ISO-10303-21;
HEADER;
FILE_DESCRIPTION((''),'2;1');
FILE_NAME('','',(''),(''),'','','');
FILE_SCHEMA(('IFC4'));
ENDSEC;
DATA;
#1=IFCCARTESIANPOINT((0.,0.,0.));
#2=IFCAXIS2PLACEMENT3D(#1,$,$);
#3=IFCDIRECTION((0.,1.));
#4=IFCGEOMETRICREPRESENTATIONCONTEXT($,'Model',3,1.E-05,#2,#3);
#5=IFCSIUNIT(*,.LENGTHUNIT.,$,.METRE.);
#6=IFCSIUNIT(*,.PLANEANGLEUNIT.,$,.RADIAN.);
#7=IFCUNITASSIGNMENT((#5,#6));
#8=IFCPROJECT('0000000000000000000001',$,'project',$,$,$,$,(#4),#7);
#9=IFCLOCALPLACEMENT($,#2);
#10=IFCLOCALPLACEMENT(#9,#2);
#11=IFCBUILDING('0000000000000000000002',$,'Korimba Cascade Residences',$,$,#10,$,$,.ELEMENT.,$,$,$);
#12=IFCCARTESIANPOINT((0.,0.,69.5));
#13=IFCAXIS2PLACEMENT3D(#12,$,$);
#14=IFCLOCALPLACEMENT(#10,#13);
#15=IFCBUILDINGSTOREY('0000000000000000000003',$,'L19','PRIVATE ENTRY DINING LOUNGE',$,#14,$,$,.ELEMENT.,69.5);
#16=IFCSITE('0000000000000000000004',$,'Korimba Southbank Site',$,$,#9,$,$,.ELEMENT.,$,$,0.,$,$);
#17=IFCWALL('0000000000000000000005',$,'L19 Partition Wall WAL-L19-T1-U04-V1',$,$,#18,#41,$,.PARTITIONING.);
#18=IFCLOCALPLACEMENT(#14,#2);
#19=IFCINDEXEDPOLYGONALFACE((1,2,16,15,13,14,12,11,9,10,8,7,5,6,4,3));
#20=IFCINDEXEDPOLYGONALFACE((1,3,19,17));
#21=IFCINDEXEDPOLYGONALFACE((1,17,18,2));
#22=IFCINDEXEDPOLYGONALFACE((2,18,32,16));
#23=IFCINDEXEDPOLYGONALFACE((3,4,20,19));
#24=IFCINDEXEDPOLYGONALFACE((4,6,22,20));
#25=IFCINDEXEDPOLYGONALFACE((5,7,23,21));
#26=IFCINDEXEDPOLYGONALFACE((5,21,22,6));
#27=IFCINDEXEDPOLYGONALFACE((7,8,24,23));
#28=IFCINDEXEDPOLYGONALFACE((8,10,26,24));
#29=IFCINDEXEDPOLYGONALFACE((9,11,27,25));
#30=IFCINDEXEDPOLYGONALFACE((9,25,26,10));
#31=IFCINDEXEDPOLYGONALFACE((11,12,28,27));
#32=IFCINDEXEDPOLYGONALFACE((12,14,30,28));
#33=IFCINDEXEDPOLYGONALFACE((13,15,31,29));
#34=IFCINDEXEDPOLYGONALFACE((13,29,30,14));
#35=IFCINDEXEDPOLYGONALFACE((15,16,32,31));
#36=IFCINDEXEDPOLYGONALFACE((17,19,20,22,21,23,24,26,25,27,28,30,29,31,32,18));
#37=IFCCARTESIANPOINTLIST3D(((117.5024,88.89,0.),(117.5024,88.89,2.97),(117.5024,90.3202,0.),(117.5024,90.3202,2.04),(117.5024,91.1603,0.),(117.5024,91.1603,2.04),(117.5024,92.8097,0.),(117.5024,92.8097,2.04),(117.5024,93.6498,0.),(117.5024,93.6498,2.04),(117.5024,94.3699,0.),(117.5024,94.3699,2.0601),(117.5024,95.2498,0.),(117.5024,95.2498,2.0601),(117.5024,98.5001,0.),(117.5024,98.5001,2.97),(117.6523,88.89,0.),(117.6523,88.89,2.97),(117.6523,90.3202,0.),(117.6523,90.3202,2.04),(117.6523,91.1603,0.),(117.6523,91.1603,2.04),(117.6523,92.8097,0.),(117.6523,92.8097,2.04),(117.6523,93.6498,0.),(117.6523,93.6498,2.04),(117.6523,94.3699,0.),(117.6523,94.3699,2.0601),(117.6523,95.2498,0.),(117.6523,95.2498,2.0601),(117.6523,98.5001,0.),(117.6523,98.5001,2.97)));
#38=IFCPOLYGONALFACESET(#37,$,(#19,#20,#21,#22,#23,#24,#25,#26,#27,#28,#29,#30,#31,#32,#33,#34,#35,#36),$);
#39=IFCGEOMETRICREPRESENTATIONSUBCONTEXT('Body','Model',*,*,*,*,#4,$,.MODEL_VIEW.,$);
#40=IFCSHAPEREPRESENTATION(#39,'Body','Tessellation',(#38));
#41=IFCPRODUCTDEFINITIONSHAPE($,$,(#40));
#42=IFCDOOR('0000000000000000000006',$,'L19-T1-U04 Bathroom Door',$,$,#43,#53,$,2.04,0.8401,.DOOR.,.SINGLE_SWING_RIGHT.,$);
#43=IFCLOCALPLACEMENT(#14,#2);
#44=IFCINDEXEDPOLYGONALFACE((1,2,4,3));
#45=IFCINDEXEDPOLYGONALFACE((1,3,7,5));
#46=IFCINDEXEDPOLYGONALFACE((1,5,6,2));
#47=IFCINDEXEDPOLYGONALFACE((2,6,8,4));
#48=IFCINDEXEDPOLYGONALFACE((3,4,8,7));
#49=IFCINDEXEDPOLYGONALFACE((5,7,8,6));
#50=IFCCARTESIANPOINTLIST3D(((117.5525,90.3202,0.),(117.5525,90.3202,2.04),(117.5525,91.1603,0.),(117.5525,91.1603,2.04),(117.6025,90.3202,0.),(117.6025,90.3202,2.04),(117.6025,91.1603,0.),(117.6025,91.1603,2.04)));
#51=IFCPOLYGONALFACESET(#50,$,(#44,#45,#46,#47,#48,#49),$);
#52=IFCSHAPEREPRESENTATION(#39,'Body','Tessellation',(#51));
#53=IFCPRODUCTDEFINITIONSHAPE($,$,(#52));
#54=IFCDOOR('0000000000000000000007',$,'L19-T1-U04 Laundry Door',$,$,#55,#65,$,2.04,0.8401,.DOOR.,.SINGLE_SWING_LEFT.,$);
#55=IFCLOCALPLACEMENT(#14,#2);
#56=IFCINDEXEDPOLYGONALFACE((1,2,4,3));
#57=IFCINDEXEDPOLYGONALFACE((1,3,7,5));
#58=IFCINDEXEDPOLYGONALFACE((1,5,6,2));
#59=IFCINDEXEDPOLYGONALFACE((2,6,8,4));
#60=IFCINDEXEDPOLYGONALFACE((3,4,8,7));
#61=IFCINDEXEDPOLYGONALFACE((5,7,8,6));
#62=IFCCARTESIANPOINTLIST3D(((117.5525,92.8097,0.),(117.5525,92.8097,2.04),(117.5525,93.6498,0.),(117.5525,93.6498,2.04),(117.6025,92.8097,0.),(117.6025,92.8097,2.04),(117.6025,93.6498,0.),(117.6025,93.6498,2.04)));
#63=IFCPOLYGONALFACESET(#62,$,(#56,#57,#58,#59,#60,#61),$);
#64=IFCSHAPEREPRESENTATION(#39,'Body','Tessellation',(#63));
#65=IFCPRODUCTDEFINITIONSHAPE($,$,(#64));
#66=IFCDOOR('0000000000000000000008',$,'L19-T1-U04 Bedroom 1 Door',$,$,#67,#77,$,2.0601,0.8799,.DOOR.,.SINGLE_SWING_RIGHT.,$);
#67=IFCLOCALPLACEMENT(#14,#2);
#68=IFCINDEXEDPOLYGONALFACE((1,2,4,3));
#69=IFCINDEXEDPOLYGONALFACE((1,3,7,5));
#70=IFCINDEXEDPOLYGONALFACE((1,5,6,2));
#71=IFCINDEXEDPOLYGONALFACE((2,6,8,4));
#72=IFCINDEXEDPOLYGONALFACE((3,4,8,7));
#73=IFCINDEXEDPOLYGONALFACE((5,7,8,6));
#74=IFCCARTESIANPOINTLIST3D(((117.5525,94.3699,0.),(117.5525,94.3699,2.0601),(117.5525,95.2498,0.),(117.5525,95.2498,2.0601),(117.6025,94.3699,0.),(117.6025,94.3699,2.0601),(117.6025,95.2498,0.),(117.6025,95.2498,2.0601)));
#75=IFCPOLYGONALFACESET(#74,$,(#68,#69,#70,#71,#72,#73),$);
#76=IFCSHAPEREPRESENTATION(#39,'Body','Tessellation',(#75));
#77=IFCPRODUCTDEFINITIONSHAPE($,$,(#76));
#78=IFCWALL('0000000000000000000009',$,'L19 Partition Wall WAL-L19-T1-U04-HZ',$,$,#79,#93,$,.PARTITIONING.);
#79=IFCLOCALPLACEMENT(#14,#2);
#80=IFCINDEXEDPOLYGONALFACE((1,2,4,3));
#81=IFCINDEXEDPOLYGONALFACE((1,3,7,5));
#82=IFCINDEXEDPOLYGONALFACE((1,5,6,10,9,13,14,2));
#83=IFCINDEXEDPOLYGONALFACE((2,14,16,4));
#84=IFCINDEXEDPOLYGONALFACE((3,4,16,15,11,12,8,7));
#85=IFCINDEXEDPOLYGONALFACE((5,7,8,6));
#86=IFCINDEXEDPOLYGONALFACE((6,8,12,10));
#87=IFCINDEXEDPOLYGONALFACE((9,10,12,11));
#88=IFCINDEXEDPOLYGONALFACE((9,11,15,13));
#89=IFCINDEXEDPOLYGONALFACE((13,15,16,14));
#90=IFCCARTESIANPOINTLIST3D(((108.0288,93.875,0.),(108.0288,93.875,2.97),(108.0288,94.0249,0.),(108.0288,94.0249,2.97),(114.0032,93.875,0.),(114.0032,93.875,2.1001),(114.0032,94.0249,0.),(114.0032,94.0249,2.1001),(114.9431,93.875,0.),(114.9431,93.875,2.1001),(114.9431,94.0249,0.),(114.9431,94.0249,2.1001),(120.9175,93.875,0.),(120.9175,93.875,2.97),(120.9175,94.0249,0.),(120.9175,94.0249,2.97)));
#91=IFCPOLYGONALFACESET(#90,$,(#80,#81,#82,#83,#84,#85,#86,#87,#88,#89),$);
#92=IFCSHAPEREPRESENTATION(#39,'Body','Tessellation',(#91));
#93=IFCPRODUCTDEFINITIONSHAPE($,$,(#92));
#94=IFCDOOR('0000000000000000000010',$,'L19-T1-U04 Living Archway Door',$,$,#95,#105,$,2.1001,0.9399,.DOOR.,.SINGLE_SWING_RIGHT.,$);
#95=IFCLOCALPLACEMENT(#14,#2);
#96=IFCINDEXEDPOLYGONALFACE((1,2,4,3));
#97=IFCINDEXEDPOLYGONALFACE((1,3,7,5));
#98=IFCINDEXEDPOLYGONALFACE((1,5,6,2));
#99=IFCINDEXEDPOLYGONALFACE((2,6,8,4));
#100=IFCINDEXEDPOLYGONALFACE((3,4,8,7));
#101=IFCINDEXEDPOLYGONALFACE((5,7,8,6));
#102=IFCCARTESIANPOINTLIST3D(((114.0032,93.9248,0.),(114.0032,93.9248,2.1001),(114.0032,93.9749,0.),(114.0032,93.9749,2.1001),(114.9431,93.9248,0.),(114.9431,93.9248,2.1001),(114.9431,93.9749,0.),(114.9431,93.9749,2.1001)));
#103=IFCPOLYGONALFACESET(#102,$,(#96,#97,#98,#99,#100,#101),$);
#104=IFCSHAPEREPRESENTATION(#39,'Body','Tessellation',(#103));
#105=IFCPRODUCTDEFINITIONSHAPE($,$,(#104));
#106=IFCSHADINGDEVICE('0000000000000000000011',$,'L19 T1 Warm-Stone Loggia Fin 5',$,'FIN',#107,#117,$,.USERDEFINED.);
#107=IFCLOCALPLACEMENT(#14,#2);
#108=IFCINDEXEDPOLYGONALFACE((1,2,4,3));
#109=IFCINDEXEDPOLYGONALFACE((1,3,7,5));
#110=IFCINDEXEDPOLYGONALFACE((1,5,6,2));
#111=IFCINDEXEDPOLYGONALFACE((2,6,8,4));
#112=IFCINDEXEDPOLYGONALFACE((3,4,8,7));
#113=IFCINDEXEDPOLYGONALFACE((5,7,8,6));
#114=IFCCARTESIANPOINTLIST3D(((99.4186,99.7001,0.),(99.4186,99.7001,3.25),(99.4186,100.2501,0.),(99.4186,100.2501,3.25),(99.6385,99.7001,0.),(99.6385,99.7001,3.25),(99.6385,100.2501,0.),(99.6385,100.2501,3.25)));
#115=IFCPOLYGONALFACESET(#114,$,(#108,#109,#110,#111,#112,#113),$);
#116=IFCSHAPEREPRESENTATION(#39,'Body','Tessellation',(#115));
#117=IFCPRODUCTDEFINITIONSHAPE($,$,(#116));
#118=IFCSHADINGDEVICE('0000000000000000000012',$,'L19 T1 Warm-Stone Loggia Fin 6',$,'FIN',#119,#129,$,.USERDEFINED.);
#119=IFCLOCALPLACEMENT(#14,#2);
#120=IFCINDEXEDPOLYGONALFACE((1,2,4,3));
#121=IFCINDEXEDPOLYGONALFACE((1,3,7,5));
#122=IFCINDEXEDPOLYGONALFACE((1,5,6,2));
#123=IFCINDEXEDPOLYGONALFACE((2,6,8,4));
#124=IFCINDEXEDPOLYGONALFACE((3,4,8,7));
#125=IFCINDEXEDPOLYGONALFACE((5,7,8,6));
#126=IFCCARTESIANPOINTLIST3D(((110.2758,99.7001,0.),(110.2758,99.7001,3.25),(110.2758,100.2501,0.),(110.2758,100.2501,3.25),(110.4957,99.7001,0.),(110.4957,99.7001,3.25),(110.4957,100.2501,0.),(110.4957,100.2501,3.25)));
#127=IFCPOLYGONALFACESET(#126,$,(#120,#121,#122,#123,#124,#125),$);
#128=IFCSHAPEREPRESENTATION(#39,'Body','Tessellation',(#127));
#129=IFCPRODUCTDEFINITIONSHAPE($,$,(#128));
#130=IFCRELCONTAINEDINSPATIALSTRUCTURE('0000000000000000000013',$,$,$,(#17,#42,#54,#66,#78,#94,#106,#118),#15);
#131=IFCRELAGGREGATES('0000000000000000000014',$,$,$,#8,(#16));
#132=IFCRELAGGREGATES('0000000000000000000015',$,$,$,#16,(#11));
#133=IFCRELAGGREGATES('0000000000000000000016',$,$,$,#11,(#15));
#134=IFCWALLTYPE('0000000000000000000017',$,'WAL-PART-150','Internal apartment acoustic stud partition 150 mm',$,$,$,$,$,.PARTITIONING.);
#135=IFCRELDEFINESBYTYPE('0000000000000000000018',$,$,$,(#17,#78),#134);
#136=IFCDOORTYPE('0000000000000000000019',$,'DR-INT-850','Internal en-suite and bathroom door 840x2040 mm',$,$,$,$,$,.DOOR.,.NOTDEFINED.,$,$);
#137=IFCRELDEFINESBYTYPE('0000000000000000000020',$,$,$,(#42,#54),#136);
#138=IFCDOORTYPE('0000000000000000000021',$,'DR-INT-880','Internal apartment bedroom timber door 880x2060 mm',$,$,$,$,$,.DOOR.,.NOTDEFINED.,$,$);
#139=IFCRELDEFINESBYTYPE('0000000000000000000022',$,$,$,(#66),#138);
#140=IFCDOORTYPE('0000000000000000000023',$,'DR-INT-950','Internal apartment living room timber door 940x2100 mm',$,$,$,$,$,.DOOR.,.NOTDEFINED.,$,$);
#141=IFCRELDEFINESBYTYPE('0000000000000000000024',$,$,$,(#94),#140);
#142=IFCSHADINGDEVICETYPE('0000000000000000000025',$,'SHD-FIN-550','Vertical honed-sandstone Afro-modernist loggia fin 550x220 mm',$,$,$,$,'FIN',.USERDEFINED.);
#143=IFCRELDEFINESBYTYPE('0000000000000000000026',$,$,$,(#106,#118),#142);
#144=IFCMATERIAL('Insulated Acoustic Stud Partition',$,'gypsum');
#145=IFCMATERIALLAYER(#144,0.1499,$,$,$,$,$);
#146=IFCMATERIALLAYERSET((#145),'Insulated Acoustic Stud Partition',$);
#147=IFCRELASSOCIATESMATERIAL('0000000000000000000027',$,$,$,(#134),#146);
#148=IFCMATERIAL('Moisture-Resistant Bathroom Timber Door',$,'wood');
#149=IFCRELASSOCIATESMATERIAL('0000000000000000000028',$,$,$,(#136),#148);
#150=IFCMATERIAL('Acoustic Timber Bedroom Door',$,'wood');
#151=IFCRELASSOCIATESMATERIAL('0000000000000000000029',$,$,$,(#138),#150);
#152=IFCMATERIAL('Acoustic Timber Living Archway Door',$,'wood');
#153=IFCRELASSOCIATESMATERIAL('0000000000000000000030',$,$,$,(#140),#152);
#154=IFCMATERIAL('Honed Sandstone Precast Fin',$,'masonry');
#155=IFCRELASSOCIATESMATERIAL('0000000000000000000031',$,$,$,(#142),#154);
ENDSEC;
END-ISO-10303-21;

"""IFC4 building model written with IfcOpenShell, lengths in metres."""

from ifc_helpers import new_model, si_unit, direction, frame, frame_2d, origin, origin_2d, place, context, subcontext, project, spatial, rectangle, extrude, material, layer, layer_set, type_object, element, fill, save


model = new_model("IFC4")

# Units and contexts
model_context = context("Model", 3, precision=1e-05, world=origin(), true_north=direction((0.0, 1.0)))
body_context = subcontext(model_context, "Body", "Model", "MODEL_VIEW")
ifc_project = project(units=[si_unit("LENGTHUNIT", "METRE"), si_unit("PLANEANGLEUNIT", "RADIAN")], contexts=[model_context])

# Site, building, storey
site_placement = place(None, origin())
site = spatial("IfcSite", under=ifc_project, at=site_placement, Name="Korimba Southbank Site", CompositionType="ELEMENT", RefElevation=0.0)
building_placement = place(site_placement, origin())
building = spatial("IfcBuilding", under=site, at=building_placement, Name="Korimba Cascade Residences", CompositionType="ELEMENT")
storey_placement = place(building_placement, frame((0.0, 0.0, 69.5)))
storey = spatial("IfcBuildingStorey", under=building, at=storey_placement, Name="L19", Description="PRIVATE ENTRY DINING LOUNGE", CompositionType="ELEMENT", Elevation=69.5)

# Shared definitions
ifc_material_1 = material(Name="Insulated Acoustic Stud Partition", Category="gypsum")
ifc_layer = layer(ifc_material_1, 0.1499)
ifc_layer_set = layer_set([ifc_layer], Name="Insulated Acoustic Stud Partition")
wall_type = type_object("IfcWallType", Name="WAL-PART-150", Description="Internal apartment acoustic stud partition 150 mm", PredefinedType="PARTITIONING", material=ifc_layer_set)

# Shared definitions
ifc_material_2 = material(Name="Moisture-Resistant Bathroom Timber Door", Category="wood")
door_type_1 = type_object("IfcDoorType", Name="DR-INT-850", Description="Internal en-suite and bathroom door 840x2040 mm", OperationType="NOTDEFINED", PredefinedType="DOOR", material=ifc_material_2)

# Shared definitions
ifc_material_3 = material(Name="Acoustic Timber Bedroom Door", Category="wood")
door_type_2 = type_object("IfcDoorType", Name="DR-INT-880", Description="Internal apartment bedroom timber door 880x2060 mm", OperationType="NOTDEFINED", PredefinedType="DOOR", material=ifc_material_3)

# Wall, openings, doors
wall_1_placement = place(storey_placement, frame((117.5774, 88.8899, 0.0), z_axis=(0.0, 0.0, 1.0), x_axis=(0.0, 1.0, 0.0)))
wall_1 = element("IfcWall", 1, at=wall_1_placement, inside=storey, type_object=wall_type, Name="L19 Partition Wall WAL-L19-T1-U04-V1", PredefinedType="PARTITIONING", context=body_context, shape_type="SweptSolid", body=[
    extrude(rectangle(XDim=9.6101, YDim=0.1499, at=frame_2d((4.8052, 0.0))), origin(), (0.0, 0.0, 1.0), 2.97),
])
opening_1_placement = place(wall_1_placement, frame((1.4304, 0.0, 0.0)))
opening_1 = element("IfcOpeningElement", 2, at=opening_1_placement, cuts=wall_1, PredefinedType="OPENING", context=body_context, shape_type="SweptSolid", body=[
    extrude(rectangle(XDim=0.8401, YDim=2.04, at=frame_2d((0.4199, 1.02))), frame((0.0, 0.085, 0.0), z_axis=(0.0, -1.0, 0.0), x_axis=(1.0, 0.0, 0.0)), (0.0, 0.0, 1.0), 0.1699),
])
opening_2_placement = place(wall_1_placement, frame((3.9199, 0.0, 0.0)))
opening_2 = element("IfcOpeningElement", 3, at=opening_2_placement, cuts=wall_1, PredefinedType="OPENING", context=body_context, shape_type="SweptSolid", body=[
    extrude(rectangle(XDim=0.8401, YDim=2.04, at=frame_2d((0.4199, 1.02))), frame((0.0, 0.085, 0.0), z_axis=(0.0, -1.0, 0.0), x_axis=(1.0, 0.0, 0.0)), (0.0, 0.0, 1.0), 0.1699),
])
opening_3_placement = place(wall_1_placement, frame((5.48, 0.0, 0.0)))
opening_3 = element("IfcOpeningElement", 4, at=opening_3_placement, cuts=wall_1, PredefinedType="OPENING", context=body_context, shape_type="SweptSolid", body=[
    extrude(rectangle(XDim=0.8799, YDim=2.0601, at=frame_2d((0.4399, 1.03))), frame((0.0, 0.085, 0.0), z_axis=(0.0, -1.0, 0.0), x_axis=(1.0, 0.0, 0.0)), (0.0, 0.0, 1.0), 0.1699),
])
door_1_placement = place(opening_1_placement, origin())
door_1 = element("IfcDoor", 5, at=door_1_placement, inside=storey, type_object=door_type_1, Name="L19-T1-U04 Bathroom Door", OperationType="SINGLE_SWING_RIGHT", OverallHeight=2.04, OverallWidth=0.8401, PredefinedType="DOOR", context=body_context, shape_type="SweptSolid", body=[
    extrude(rectangle(XDim=0.8401, YDim=2.04, at=frame_2d((0.4199, 1.02))), frame((0.0, 0.0249, 0.0), z_axis=(0.0, -1.0, 0.0), x_axis=(1.0, 0.0, 0.0)), (0.0, 0.0, 1.0), 0.05),
])
fill(opening_1, door_1)
door_2_placement = place(opening_2_placement, origin())
door_2 = element("IfcDoor", 6, at=door_2_placement, inside=storey, type_object=door_type_1, Name="L19-T1-U04 Laundry Door", OperationType="SINGLE_SWING_LEFT", OverallHeight=2.04, OverallWidth=0.8401, PredefinedType="DOOR", context=body_context, shape_type="SweptSolid", body=[
    extrude(rectangle(XDim=0.8401, YDim=2.04, at=frame_2d((0.4199, 1.02))), frame((0.0, 0.0249, 0.0), z_axis=(0.0, -1.0, 0.0), x_axis=(1.0, 0.0, 0.0)), (0.0, 0.0, 1.0), 0.05),
])
fill(opening_2, door_2)
door_3_placement = place(opening_3_placement, origin())
door_3 = element("IfcDoor", 7, at=door_3_placement, inside=storey, type_object=door_type_2, Name="L19-T1-U04 Bedroom 1 Door", OperationType="SINGLE_SWING_RIGHT", OverallHeight=2.0601, OverallWidth=0.8799, PredefinedType="DOOR", context=body_context, shape_type="SweptSolid", body=[
    extrude(rectangle(XDim=0.8799, YDim=2.0601, at=frame_2d((0.4399, 1.03))), frame((0.0, 0.0249, 0.0), z_axis=(0.0, -1.0, 0.0), x_axis=(1.0, 0.0, 0.0)), (0.0, 0.0, 1.0), 0.05),
])
fill(opening_3, door_3)

# Wall, opening, door
wall_2_placement = place(storey_placement, frame((108.0288, 93.95, 0.0), z_axis=(0.0, 0.0, 1.0), x_axis=(1.0, 0.0, 0.0)))
wall_2 = element("IfcWall", 8, at=wall_2_placement, inside=storey, type_object=wall_type, Name="L19 Partition Wall WAL-L19-T1-U04-HZ", PredefinedType="PARTITIONING", context=body_context, shape_type="SweptSolid", body=[
    extrude(rectangle(XDim=12.8887, YDim=0.1499, at=frame_2d((6.4443, 0.0))), origin(), (0.0, 0.0, 1.0), 2.97),
])
opening_4_placement = place(wall_2_placement, frame((5.9744, 0.0, 0.0)))
opening_4 = element("IfcOpeningElement", 9, at=opening_4_placement, cuts=wall_2, PredefinedType="OPENING", context=body_context, shape_type="SweptSolid", body=[
    extrude(rectangle(XDim=0.9399, YDim=2.1001, at=frame_2d((0.47, 1.05))), frame((0.0, 0.085, 0.0), z_axis=(0.0, -1.0, 0.0), x_axis=(1.0, 0.0, 0.0)), (0.0, 0.0, 1.0), 0.1699),
])
ifc_material_4 = material(Name="Acoustic Timber Living Archway Door", Category="wood")
door_type_3 = type_object("IfcDoorType", Name="DR-INT-950", Description="Internal apartment living room timber door 940x2100 mm", OperationType="NOTDEFINED", PredefinedType="DOOR", material=ifc_material_4)
door_4_placement = place(opening_4_placement, origin())
door_4 = element("IfcDoor", 10, at=door_4_placement, inside=storey, type_object=door_type_3, Name="L19-T1-U04 Living Archway Door", OperationType="SINGLE_SWING_RIGHT", OverallHeight=2.1001, OverallWidth=0.9399, PredefinedType="DOOR", context=body_context, shape_type="SweptSolid", body=[
    extrude(rectangle(XDim=0.9399, YDim=2.1001, at=frame_2d((0.47, 1.05))), frame((0.0, 0.0249, 0.0), z_axis=(0.0, -1.0, 0.0), x_axis=(1.0, 0.0, 0.0)), (0.0, 0.0, 1.0), 0.05),
])
fill(opening_4, door_4)

# Shading devices
ifc_material_5 = material(Name="Honed Sandstone Precast Fin", Category="masonry")
shading_device_type = type_object("IfcShadingDeviceType", Name="SHD-FIN-550", Description="Vertical honed-sandstone Afro-modernist loggia fin 550x220 mm", ElementType="FIN", PredefinedType="USERDEFINED", material=ifc_material_5)
for number, where, z_axis, x_axis, name in (
    (11, (99.5286, 99.9751, 0.0), (0.0, 0.0, 1.0), (1.0, 0.0, 0.0), "L19 T1 Warm-Stone Loggia Fin 5"),
    (12, (110.3857, 99.9751, 0.0), (0.0, 0.0, 1.0), (1.0, 0.0, 0.0), "L19 T1 Warm-Stone Loggia Fin 6"),
):
    element("IfcShadingDevice", number, at=place(storey_placement, frame(where, z_axis=z_axis, x_axis=x_axis)), inside=storey, type_object=shading_device_type, Name=name, ObjectType="FIN", PredefinedType="USERDEFINED", context=body_context, shape_type="SweptSolid", body=[
        extrude(rectangle(XDim=0.22, YDim=0.55, at=origin_2d()), origin(), (0.0, 0.0, 1.0), 3.25),
    ])

save(model, "model.ifc")
